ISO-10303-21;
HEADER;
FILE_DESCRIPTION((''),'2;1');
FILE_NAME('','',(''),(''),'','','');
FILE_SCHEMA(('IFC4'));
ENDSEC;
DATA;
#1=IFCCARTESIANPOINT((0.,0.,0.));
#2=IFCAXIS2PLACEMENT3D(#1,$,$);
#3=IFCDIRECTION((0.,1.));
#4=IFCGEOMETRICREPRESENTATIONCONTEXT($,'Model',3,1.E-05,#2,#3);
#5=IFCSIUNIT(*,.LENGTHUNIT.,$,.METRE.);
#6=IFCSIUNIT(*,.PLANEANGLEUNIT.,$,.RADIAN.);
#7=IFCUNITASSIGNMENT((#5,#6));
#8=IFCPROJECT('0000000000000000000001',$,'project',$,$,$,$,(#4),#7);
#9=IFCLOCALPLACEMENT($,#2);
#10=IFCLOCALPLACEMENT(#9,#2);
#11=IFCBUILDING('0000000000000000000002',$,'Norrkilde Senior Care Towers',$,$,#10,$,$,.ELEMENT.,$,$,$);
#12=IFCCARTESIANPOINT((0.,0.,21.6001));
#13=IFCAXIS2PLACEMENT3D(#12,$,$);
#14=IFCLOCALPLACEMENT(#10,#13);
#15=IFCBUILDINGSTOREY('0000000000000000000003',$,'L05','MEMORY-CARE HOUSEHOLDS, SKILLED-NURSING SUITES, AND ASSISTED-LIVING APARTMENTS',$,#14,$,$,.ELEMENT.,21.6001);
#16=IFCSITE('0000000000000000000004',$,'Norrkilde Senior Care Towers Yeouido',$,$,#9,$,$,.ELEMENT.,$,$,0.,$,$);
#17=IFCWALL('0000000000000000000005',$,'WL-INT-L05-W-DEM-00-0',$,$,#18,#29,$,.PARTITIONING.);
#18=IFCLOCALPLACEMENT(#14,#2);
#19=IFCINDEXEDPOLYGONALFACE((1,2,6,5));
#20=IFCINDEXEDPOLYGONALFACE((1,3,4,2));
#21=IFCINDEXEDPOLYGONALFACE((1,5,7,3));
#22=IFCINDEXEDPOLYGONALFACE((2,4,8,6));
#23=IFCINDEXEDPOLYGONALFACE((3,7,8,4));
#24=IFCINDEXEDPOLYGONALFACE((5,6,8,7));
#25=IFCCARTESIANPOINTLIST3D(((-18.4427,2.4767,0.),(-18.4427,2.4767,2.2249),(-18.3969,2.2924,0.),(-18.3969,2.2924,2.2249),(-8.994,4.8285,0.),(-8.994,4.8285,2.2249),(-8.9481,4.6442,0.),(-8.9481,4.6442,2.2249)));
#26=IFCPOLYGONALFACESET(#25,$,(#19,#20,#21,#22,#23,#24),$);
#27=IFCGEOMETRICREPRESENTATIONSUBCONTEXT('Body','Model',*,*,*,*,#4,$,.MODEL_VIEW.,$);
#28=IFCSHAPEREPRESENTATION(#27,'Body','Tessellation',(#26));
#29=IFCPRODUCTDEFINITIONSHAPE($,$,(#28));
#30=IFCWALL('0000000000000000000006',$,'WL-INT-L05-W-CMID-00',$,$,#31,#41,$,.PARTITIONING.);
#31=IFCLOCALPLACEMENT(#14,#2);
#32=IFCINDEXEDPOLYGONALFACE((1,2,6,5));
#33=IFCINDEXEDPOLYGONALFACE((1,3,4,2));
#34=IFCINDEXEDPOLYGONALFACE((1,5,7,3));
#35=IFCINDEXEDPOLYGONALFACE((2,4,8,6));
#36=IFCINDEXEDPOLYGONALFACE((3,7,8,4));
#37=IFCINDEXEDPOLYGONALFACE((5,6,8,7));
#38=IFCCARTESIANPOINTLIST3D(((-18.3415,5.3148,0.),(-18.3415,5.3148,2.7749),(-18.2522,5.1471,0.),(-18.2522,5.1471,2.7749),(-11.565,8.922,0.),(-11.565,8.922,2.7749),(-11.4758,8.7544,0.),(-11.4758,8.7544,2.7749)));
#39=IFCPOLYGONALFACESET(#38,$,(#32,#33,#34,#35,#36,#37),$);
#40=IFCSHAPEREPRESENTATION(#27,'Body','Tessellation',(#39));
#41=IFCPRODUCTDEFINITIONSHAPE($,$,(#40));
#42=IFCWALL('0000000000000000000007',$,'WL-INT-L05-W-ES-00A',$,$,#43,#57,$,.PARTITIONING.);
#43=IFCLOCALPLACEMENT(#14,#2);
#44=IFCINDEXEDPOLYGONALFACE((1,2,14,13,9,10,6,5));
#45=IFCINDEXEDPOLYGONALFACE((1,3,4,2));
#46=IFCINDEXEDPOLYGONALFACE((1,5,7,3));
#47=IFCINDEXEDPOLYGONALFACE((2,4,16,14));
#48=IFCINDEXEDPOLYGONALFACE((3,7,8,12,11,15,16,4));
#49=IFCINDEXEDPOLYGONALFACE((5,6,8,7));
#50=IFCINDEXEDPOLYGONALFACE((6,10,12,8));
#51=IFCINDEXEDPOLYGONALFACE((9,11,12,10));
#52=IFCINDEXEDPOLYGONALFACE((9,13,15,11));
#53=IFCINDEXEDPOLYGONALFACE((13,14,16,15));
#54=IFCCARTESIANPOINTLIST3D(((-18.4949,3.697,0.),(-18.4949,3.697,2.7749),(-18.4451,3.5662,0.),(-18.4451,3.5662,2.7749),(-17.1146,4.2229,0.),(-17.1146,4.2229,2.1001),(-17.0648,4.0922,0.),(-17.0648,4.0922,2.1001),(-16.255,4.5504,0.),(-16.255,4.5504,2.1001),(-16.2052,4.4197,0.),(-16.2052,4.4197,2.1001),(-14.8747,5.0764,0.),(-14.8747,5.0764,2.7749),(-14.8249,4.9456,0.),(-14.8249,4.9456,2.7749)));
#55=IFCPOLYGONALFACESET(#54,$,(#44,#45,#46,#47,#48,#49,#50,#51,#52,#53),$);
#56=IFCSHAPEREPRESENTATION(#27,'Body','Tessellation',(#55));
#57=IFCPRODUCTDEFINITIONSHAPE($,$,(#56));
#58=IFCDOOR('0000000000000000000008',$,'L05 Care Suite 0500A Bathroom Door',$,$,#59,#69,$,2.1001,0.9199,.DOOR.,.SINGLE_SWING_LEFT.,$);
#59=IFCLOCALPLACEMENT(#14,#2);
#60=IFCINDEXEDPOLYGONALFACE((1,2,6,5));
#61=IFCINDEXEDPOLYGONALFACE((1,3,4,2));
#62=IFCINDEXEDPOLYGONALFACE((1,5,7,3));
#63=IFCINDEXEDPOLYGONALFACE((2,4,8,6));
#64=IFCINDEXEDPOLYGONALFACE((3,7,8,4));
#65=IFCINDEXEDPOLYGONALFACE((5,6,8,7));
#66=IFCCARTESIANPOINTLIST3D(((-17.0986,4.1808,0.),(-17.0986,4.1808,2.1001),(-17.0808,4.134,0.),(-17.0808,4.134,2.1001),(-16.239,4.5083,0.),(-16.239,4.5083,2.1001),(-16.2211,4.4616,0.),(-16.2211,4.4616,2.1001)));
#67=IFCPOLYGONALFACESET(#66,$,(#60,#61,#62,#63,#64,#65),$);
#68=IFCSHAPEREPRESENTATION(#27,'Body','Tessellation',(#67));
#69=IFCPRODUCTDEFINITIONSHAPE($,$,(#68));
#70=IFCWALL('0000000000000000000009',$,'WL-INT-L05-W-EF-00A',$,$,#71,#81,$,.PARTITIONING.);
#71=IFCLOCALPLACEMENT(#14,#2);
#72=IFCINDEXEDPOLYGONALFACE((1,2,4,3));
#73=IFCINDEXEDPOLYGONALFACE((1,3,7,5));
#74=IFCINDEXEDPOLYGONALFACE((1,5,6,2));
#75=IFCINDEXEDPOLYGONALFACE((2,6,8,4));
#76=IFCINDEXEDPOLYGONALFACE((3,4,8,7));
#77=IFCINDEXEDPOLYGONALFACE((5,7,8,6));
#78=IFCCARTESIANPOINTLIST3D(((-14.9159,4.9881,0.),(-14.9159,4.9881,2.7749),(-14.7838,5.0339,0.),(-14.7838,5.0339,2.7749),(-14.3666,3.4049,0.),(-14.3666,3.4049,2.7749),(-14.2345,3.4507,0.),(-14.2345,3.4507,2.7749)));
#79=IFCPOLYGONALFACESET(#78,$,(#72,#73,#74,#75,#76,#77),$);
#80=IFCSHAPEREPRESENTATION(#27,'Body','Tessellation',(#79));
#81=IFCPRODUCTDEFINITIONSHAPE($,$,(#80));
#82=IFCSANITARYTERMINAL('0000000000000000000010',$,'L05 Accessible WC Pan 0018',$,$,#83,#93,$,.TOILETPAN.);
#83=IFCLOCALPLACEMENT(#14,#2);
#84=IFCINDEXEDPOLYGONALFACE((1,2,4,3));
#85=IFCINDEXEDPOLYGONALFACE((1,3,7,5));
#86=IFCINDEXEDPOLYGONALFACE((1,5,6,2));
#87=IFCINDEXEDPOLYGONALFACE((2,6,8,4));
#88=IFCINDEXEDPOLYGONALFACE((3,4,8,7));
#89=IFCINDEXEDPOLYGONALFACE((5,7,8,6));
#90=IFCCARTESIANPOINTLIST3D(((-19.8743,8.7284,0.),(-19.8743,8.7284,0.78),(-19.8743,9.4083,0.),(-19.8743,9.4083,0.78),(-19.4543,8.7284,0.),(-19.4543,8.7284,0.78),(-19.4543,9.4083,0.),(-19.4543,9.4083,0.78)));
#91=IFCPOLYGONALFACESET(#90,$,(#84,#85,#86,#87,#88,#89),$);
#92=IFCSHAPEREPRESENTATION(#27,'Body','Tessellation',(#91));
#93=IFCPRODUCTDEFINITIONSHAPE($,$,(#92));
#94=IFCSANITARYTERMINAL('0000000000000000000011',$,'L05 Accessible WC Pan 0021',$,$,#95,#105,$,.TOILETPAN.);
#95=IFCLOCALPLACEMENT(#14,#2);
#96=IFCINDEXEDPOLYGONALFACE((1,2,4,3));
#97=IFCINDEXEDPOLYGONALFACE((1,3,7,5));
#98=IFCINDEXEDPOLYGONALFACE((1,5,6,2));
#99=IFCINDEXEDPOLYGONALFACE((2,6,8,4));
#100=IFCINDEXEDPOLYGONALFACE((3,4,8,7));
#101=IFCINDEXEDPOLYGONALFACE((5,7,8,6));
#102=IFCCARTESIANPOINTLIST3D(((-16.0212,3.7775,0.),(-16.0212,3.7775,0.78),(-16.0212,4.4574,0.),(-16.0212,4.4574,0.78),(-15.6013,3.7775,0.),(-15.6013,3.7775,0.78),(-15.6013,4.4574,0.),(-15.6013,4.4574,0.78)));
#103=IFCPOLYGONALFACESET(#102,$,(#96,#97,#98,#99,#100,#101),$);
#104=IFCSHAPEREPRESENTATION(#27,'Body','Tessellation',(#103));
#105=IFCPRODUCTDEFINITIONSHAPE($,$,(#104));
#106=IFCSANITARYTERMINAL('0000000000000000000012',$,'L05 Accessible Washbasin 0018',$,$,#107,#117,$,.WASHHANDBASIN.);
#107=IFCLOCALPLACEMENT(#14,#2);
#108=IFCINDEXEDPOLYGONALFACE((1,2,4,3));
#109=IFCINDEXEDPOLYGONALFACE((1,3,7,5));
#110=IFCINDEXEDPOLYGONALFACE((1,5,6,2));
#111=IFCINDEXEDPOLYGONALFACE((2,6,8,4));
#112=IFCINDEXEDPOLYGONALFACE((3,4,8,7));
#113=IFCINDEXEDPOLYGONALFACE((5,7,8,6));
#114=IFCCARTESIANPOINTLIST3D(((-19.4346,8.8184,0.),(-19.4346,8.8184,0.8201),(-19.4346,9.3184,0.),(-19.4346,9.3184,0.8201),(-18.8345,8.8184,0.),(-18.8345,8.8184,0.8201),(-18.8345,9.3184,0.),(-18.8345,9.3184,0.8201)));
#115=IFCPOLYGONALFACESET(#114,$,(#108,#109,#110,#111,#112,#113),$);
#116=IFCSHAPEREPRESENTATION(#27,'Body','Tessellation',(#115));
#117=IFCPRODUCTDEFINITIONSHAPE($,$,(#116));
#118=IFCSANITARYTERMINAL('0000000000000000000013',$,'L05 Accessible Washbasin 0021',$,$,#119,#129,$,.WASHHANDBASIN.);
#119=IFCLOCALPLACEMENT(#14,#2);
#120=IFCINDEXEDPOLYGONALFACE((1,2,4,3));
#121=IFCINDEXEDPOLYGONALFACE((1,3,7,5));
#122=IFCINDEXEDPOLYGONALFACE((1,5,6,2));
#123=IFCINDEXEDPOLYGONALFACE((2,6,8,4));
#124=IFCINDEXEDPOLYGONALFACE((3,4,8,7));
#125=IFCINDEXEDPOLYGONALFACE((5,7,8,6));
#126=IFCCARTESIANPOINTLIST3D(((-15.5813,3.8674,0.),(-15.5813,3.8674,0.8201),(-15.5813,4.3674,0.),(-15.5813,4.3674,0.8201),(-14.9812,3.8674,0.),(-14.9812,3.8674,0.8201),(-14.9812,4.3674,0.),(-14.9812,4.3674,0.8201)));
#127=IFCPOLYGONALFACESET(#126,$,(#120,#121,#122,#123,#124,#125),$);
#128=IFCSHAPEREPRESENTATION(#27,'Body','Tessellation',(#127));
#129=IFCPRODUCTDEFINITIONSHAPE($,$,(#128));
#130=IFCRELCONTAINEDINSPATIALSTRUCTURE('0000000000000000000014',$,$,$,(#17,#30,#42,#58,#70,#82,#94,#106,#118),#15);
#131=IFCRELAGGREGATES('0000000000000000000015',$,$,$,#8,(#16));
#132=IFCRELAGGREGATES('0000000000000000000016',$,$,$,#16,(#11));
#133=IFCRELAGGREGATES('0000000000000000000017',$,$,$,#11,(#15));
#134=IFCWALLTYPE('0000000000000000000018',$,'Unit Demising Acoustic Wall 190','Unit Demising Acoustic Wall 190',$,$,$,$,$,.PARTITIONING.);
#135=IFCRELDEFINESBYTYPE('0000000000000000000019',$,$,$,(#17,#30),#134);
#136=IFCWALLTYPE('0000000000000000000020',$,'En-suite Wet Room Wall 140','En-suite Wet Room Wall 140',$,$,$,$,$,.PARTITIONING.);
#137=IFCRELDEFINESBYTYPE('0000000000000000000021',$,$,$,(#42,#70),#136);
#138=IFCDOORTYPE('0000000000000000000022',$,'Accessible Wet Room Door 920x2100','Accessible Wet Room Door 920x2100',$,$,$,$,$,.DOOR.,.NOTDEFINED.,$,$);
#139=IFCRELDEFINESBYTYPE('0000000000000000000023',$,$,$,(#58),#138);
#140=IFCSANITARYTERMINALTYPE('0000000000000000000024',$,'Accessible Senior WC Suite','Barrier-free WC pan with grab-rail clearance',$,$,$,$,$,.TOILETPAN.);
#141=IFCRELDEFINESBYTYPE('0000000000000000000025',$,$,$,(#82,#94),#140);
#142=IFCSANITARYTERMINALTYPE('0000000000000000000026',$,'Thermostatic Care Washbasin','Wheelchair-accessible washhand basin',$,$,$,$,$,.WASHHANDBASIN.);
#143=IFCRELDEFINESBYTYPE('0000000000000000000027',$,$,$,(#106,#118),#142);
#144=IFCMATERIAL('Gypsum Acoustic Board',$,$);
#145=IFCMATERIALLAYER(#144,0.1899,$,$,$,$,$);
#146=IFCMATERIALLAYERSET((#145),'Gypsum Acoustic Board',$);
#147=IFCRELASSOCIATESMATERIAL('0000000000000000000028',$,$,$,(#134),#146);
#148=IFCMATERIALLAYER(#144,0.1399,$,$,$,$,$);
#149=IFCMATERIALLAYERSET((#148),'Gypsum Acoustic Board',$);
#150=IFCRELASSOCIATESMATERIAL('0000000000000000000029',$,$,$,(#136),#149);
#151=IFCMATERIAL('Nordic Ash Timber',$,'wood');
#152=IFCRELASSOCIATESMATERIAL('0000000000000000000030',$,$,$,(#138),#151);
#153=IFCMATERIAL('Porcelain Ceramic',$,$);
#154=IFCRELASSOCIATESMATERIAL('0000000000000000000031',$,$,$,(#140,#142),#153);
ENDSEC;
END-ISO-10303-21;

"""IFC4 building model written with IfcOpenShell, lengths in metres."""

from ifc_helpers import new_model, si_unit, direction, frame, frame_2d, origin, origin_2d, place, context, subcontext, project, spatial, rectangle, extrude, source, transform, mapped, material, layer, layer_set, type_object, type_shapes, element, fill, save


model = new_model("IFC4")

# Units and contexts
model_context = context("Model", 3, precision=1e-05, world=origin(), true_north=direction((0.0, 1.0)))
body_context = subcontext(model_context, "Body", "Model", "MODEL_VIEW")
ifc_project = project(units=[si_unit("LENGTHUNIT", "METRE"), si_unit("PLANEANGLEUNIT", "RADIAN")], contexts=[model_context])

# Site, building, storey
site_placement = place(None, origin())
site = spatial("IfcSite", under=ifc_project, at=site_placement, Name="Norrkilde Senior Care Towers Yeouido", CompositionType="ELEMENT", RefElevation=0.0)
building_placement = place(site_placement, origin())
building = spatial("IfcBuilding", under=site, at=building_placement, Name="Norrkilde Senior Care Towers", CompositionType="ELEMENT")
storey_placement = place(building_placement, frame((0.0, 0.0, 21.6001)))
storey = spatial("IfcBuildingStorey", under=building, at=storey_placement, Name="L05", Description="MEMORY-CARE HOUSEHOLDS, SKILLED-NURSING SUITES, AND ASSISTED-LIVING APARTMENTS", CompositionType="ELEMENT", Elevation=21.6001)

# Shared definitions
ifc_material_1 = material(Name="Gypsum Acoustic Board")
ifc_material_2 = material(Name="Nordic Ash Timber", Category="wood")

# Shared definitions
ifc_layer_1 = layer(ifc_material_1, 0.1899)
ifc_layer_set_1 = layer_set([ifc_layer_1], Name="Gypsum Acoustic Board")
wall_type_1 = type_object("IfcWallType", Name="Unit Demising Acoustic Wall 190", Description="Unit Demising Acoustic Wall 190", PredefinedType="PARTITIONING", material=ifc_layer_set_1)

# Shared definitions
ifc_layer_2 = layer(ifc_material_1, 0.1399)
ifc_layer_set_2 = layer_set([ifc_layer_2], Name="Gypsum Acoustic Board")
wall_type_2 = type_object("IfcWallType", Name="En-suite Wet Room Wall 140", Description="En-suite Wet Room Wall 140", PredefinedType="PARTITIONING", material=ifc_layer_set_2)
door_type_1 = type_object("IfcDoorType", Name="Accessible Wet Room Door 920x2100", Description="Accessible Wet Room Door 920x2100", OperationType="NOTDEFINED", PredefinedType="DOOR", material=ifc_material_2)
shared_shape_1 = source(origin(), body_context, "Body", "SweptSolid", [
    extrude(rectangle(XDim=0.9199, YDim=2.1001, at=frame_2d((0.46, 1.05))), frame((0.0, 0.0249, 0.0), z_axis=(0.0, -1.0, 0.0), x_axis=(1.0, 0.0, 0.0)), (0.0, 0.0, 1.0), 0.05),
])
type_shapes(door_type_1, [shared_shape_1])

# Walls
shared_shape_2 = source(origin(), body_context, "Body", "SweptSolid", [
    extrude(rectangle(XDim=9.7371, YDim=0.1899, at=frame_2d((4.8687, 0.0))), origin(), (0.0, 0.0, 1.0), 2.2249),
])
wall_1_placement = place(storey_placement, frame((-18.4199, 2.3845, 0.0), z_axis=(0.0, 0.0, 1.0), x_axis=(0.970393, 0.241533, 0.0)))
element("IfcWall", 1, at=wall_1_placement, inside=storey, type_object=wall_type_1, Name="WL-INT-L05-W-DEM-00-0", PredefinedType="PARTITIONING", context=body_context, shape_type="MappedRepresentation", body=[
    mapped(shared_shape_2, transform((0.0, 0.0, 0.0), x_axis=(1.0, 0.0, 0.0), y_axis=(0.0, 1.0, 0.0), z_axis=(0.0, 0.0, 1.0), scale=1.0)),
])
shared_shape_3 = source(origin(), body_context, "Body", "SweptSolid", [
    extrude(rectangle(XDim=7.6768, YDim=0.1899, at=frame_2d((3.8384, 0.0))), origin(), (0.0, 0.0, 1.0), 2.7749),
])
wall_2_placement = place(storey_placement, frame((-18.2969, 5.231, 0.0), z_axis=(0.0, 0.0, 1.0), x_axis=(0.882725, 0.46989, 0.0)))
element("IfcWall", 2, at=wall_2_placement, inside=storey, type_object=wall_type_1, Name="WL-INT-L05-W-CMID-00", PredefinedType="PARTITIONING", context=body_context, shape_type="MappedRepresentation", body=[
    mapped(shared_shape_3, transform((0.0, 0.0, 0.0), x_axis=(1.0, 0.0, 0.0), y_axis=(0.0, 1.0, 0.0), z_axis=(0.0, 0.0, 1.0), scale=1.0)),
])

# Wall, opening, door
shared_shape_4 = source(origin(), body_context, "Body", "SweptSolid", [
    extrude(rectangle(XDim=3.874, YDim=0.1399, at=frame_2d((1.937, 0.0))), origin(), (0.0, 0.0, 1.0), 2.7749),
])
wall_3_placement = place(storey_placement, frame((-18.47, 3.6316, 0.0), z_axis=(0.0, 0.0, 1.0), x_axis=(0.934462, 0.356063, 0.0)))
wall_3 = element("IfcWall", 3, at=wall_3_placement, inside=storey, type_object=wall_type_2, Name="WL-INT-L05-W-ES-00A", PredefinedType="PARTITIONING", context=body_context, shape_type="MappedRepresentation", body=[
    mapped(shared_shape_4, transform((0.0, 0.0, 0.0), x_axis=(1.0, 0.0, 0.0), y_axis=(0.0, 1.0, 0.0), z_axis=(0.0, 0.0, 1.0), scale=1.0)),
])
opening_1_placement = place(wall_3_placement, frame((1.4771, 0.0, 0.0)))
opening_1 = element("IfcOpeningElement", 4, at=opening_1_placement, cuts=wall_3, PredefinedType="OPENING", context=body_context, shape_type="SweptSolid", body=[
    extrude(rectangle(XDim=0.9199, YDim=2.1001, at=frame_2d((0.46, 1.05))), frame((0.0, 0.0798, 0.0), z_axis=(0.0, -1.0, 0.0), x_axis=(1.0, 0.0, 0.0)), (0.0, 0.0, 1.0), 0.1599),
])
door_1_placement = place(opening_1_placement, origin())
door_1 = element("IfcDoor", 5, at=door_1_placement, inside=storey, type_object=door_type_1, Name="L05 Care Suite 0500A Bathroom Door", OperationType="SINGLE_SWING_LEFT", OverallHeight=2.1001, OverallWidth=0.9199, PredefinedType="DOOR", context=body_context, shape_type="MappedRepresentation", body=[
    mapped(shared_shape_1, transform((0.0, 0.0, 0.0), x_axis=(1.0, 0.0, 0.0), y_axis=(0.0, 1.0, 0.0), z_axis=(0.0, 0.0, 1.0), scale=1.0)),
])
fill(opening_1, door_1)

# Wall
shared_shape_5 = source(origin(), body_context, "Body", "SweptSolid", [
    extrude(rectangle(XDim=1.6758, YDim=0.1399, at=frame_2d((0.8379, 0.0))), origin(), (0.0, 0.0, 1.0), 2.7749),
])
wall_4_placement = place(storey_placement, frame((-14.8499, 5.011, 0.0), z_axis=(0.0, 0.0, 1.0), x_axis=(0.327786, -0.944752, 0.0)))
element("IfcWall", 6, at=wall_4_placement, inside=storey, type_object=wall_type_2, Name="WL-INT-L05-W-EF-00A", PredefinedType="PARTITIONING", context=body_context, shape_type="MappedRepresentation", body=[
    mapped(shared_shape_5, transform((0.0, 0.0, 0.0), x_axis=(1.0, 0.0, 0.0), y_axis=(0.0, 1.0, 0.0), z_axis=(0.0, 0.0, 1.0), scale=1.0)),
])

# Sanitary terminals
ifc_material_3 = material(Name="Porcelain Ceramic")
sanitary_terminal_type_1 = type_object("IfcSanitaryTerminalType", Name="Accessible Senior WC Suite", Description="Barrier-free WC pan with grab-rail clearance", PredefinedType="TOILETPAN", material=ifc_material_3)
shared_shape_6 = source(origin(), body_context, "Body", "SweptSolid", [
    extrude(rectangle(XDim=0.4199, YDim=0.6799, at=origin_2d()), origin(), (0.0, 0.0, 1.0), 0.78),
])
type_shapes(sanitary_terminal_type_1, [shared_shape_6])
for number, where, z_axis, x_axis, name in (
    (7, (-19.6643, 9.0684, 0.0), (0.0, 0.0, 1.0), (1.0, 0.0, 0.0), "L05 Accessible WC Pan 0018"),
    (8, (-15.8113, 4.1174, 0.0), (0.0, 0.0, 1.0), (1.0, 0.0, 0.0), "L05 Accessible WC Pan 0021"),
):
    element("IfcSanitaryTerminal", number, at=place(storey_placement, frame(where, z_axis=z_axis, x_axis=x_axis)), inside=storey, type_object=sanitary_terminal_type_1, Name=name, PredefinedType="TOILETPAN", context=body_context, shape_type="MappedRepresentation", body=[
        mapped(shared_shape_6, transform((0.0, 0.0, 0.0), x_axis=(1.0, 0.0, 0.0), y_axis=(0.0, 1.0, 0.0), z_axis=(0.0, 0.0, 1.0), scale=1.0)),
    ])
sanitary_terminal_type_2 = type_object("IfcSanitaryTerminalType", Name="Thermostatic Care Washbasin", Description="Wheelchair-accessible washhand basin", PredefinedType="WASHHANDBASIN", material=ifc_material_3)
shared_shape_7 = source(origin(), body_context, "Body", "SweptSolid", [
    extrude(rectangle(XDim=0.6001, YDim=0.5, at=origin_2d()), origin(), (0.0, 0.0, 1.0), 0.8201),
])
type_shapes(sanitary_terminal_type_2, [shared_shape_7])
for number, where, z_axis, x_axis, name in (
    (9, (-19.1345, 9.0684, 0.0), (0.0, 0.0, 1.0), (1.0, 0.0, 0.0), "L05 Accessible Washbasin 0018"),
    (10, (-15.2812, 4.1174, 0.0), (0.0, 0.0, 1.0), (1.0, 0.0, 0.0), "L05 Accessible Washbasin 0021"),
):
    element("IfcSanitaryTerminal", number, at=place(storey_placement, frame(where, z_axis=z_axis, x_axis=x_axis)), inside=storey, type_object=sanitary_terminal_type_2, Name=name, PredefinedType="WASHHANDBASIN", context=body_context, shape_type="MappedRepresentation", body=[
        mapped(shared_shape_7, transform((0.0, 0.0, 0.0), x_axis=(1.0, 0.0, 0.0), y_axis=(0.0, 1.0, 0.0), z_axis=(0.0, 0.0, 1.0), scale=1.0)),
    ])

save(model, "model.ifc")
